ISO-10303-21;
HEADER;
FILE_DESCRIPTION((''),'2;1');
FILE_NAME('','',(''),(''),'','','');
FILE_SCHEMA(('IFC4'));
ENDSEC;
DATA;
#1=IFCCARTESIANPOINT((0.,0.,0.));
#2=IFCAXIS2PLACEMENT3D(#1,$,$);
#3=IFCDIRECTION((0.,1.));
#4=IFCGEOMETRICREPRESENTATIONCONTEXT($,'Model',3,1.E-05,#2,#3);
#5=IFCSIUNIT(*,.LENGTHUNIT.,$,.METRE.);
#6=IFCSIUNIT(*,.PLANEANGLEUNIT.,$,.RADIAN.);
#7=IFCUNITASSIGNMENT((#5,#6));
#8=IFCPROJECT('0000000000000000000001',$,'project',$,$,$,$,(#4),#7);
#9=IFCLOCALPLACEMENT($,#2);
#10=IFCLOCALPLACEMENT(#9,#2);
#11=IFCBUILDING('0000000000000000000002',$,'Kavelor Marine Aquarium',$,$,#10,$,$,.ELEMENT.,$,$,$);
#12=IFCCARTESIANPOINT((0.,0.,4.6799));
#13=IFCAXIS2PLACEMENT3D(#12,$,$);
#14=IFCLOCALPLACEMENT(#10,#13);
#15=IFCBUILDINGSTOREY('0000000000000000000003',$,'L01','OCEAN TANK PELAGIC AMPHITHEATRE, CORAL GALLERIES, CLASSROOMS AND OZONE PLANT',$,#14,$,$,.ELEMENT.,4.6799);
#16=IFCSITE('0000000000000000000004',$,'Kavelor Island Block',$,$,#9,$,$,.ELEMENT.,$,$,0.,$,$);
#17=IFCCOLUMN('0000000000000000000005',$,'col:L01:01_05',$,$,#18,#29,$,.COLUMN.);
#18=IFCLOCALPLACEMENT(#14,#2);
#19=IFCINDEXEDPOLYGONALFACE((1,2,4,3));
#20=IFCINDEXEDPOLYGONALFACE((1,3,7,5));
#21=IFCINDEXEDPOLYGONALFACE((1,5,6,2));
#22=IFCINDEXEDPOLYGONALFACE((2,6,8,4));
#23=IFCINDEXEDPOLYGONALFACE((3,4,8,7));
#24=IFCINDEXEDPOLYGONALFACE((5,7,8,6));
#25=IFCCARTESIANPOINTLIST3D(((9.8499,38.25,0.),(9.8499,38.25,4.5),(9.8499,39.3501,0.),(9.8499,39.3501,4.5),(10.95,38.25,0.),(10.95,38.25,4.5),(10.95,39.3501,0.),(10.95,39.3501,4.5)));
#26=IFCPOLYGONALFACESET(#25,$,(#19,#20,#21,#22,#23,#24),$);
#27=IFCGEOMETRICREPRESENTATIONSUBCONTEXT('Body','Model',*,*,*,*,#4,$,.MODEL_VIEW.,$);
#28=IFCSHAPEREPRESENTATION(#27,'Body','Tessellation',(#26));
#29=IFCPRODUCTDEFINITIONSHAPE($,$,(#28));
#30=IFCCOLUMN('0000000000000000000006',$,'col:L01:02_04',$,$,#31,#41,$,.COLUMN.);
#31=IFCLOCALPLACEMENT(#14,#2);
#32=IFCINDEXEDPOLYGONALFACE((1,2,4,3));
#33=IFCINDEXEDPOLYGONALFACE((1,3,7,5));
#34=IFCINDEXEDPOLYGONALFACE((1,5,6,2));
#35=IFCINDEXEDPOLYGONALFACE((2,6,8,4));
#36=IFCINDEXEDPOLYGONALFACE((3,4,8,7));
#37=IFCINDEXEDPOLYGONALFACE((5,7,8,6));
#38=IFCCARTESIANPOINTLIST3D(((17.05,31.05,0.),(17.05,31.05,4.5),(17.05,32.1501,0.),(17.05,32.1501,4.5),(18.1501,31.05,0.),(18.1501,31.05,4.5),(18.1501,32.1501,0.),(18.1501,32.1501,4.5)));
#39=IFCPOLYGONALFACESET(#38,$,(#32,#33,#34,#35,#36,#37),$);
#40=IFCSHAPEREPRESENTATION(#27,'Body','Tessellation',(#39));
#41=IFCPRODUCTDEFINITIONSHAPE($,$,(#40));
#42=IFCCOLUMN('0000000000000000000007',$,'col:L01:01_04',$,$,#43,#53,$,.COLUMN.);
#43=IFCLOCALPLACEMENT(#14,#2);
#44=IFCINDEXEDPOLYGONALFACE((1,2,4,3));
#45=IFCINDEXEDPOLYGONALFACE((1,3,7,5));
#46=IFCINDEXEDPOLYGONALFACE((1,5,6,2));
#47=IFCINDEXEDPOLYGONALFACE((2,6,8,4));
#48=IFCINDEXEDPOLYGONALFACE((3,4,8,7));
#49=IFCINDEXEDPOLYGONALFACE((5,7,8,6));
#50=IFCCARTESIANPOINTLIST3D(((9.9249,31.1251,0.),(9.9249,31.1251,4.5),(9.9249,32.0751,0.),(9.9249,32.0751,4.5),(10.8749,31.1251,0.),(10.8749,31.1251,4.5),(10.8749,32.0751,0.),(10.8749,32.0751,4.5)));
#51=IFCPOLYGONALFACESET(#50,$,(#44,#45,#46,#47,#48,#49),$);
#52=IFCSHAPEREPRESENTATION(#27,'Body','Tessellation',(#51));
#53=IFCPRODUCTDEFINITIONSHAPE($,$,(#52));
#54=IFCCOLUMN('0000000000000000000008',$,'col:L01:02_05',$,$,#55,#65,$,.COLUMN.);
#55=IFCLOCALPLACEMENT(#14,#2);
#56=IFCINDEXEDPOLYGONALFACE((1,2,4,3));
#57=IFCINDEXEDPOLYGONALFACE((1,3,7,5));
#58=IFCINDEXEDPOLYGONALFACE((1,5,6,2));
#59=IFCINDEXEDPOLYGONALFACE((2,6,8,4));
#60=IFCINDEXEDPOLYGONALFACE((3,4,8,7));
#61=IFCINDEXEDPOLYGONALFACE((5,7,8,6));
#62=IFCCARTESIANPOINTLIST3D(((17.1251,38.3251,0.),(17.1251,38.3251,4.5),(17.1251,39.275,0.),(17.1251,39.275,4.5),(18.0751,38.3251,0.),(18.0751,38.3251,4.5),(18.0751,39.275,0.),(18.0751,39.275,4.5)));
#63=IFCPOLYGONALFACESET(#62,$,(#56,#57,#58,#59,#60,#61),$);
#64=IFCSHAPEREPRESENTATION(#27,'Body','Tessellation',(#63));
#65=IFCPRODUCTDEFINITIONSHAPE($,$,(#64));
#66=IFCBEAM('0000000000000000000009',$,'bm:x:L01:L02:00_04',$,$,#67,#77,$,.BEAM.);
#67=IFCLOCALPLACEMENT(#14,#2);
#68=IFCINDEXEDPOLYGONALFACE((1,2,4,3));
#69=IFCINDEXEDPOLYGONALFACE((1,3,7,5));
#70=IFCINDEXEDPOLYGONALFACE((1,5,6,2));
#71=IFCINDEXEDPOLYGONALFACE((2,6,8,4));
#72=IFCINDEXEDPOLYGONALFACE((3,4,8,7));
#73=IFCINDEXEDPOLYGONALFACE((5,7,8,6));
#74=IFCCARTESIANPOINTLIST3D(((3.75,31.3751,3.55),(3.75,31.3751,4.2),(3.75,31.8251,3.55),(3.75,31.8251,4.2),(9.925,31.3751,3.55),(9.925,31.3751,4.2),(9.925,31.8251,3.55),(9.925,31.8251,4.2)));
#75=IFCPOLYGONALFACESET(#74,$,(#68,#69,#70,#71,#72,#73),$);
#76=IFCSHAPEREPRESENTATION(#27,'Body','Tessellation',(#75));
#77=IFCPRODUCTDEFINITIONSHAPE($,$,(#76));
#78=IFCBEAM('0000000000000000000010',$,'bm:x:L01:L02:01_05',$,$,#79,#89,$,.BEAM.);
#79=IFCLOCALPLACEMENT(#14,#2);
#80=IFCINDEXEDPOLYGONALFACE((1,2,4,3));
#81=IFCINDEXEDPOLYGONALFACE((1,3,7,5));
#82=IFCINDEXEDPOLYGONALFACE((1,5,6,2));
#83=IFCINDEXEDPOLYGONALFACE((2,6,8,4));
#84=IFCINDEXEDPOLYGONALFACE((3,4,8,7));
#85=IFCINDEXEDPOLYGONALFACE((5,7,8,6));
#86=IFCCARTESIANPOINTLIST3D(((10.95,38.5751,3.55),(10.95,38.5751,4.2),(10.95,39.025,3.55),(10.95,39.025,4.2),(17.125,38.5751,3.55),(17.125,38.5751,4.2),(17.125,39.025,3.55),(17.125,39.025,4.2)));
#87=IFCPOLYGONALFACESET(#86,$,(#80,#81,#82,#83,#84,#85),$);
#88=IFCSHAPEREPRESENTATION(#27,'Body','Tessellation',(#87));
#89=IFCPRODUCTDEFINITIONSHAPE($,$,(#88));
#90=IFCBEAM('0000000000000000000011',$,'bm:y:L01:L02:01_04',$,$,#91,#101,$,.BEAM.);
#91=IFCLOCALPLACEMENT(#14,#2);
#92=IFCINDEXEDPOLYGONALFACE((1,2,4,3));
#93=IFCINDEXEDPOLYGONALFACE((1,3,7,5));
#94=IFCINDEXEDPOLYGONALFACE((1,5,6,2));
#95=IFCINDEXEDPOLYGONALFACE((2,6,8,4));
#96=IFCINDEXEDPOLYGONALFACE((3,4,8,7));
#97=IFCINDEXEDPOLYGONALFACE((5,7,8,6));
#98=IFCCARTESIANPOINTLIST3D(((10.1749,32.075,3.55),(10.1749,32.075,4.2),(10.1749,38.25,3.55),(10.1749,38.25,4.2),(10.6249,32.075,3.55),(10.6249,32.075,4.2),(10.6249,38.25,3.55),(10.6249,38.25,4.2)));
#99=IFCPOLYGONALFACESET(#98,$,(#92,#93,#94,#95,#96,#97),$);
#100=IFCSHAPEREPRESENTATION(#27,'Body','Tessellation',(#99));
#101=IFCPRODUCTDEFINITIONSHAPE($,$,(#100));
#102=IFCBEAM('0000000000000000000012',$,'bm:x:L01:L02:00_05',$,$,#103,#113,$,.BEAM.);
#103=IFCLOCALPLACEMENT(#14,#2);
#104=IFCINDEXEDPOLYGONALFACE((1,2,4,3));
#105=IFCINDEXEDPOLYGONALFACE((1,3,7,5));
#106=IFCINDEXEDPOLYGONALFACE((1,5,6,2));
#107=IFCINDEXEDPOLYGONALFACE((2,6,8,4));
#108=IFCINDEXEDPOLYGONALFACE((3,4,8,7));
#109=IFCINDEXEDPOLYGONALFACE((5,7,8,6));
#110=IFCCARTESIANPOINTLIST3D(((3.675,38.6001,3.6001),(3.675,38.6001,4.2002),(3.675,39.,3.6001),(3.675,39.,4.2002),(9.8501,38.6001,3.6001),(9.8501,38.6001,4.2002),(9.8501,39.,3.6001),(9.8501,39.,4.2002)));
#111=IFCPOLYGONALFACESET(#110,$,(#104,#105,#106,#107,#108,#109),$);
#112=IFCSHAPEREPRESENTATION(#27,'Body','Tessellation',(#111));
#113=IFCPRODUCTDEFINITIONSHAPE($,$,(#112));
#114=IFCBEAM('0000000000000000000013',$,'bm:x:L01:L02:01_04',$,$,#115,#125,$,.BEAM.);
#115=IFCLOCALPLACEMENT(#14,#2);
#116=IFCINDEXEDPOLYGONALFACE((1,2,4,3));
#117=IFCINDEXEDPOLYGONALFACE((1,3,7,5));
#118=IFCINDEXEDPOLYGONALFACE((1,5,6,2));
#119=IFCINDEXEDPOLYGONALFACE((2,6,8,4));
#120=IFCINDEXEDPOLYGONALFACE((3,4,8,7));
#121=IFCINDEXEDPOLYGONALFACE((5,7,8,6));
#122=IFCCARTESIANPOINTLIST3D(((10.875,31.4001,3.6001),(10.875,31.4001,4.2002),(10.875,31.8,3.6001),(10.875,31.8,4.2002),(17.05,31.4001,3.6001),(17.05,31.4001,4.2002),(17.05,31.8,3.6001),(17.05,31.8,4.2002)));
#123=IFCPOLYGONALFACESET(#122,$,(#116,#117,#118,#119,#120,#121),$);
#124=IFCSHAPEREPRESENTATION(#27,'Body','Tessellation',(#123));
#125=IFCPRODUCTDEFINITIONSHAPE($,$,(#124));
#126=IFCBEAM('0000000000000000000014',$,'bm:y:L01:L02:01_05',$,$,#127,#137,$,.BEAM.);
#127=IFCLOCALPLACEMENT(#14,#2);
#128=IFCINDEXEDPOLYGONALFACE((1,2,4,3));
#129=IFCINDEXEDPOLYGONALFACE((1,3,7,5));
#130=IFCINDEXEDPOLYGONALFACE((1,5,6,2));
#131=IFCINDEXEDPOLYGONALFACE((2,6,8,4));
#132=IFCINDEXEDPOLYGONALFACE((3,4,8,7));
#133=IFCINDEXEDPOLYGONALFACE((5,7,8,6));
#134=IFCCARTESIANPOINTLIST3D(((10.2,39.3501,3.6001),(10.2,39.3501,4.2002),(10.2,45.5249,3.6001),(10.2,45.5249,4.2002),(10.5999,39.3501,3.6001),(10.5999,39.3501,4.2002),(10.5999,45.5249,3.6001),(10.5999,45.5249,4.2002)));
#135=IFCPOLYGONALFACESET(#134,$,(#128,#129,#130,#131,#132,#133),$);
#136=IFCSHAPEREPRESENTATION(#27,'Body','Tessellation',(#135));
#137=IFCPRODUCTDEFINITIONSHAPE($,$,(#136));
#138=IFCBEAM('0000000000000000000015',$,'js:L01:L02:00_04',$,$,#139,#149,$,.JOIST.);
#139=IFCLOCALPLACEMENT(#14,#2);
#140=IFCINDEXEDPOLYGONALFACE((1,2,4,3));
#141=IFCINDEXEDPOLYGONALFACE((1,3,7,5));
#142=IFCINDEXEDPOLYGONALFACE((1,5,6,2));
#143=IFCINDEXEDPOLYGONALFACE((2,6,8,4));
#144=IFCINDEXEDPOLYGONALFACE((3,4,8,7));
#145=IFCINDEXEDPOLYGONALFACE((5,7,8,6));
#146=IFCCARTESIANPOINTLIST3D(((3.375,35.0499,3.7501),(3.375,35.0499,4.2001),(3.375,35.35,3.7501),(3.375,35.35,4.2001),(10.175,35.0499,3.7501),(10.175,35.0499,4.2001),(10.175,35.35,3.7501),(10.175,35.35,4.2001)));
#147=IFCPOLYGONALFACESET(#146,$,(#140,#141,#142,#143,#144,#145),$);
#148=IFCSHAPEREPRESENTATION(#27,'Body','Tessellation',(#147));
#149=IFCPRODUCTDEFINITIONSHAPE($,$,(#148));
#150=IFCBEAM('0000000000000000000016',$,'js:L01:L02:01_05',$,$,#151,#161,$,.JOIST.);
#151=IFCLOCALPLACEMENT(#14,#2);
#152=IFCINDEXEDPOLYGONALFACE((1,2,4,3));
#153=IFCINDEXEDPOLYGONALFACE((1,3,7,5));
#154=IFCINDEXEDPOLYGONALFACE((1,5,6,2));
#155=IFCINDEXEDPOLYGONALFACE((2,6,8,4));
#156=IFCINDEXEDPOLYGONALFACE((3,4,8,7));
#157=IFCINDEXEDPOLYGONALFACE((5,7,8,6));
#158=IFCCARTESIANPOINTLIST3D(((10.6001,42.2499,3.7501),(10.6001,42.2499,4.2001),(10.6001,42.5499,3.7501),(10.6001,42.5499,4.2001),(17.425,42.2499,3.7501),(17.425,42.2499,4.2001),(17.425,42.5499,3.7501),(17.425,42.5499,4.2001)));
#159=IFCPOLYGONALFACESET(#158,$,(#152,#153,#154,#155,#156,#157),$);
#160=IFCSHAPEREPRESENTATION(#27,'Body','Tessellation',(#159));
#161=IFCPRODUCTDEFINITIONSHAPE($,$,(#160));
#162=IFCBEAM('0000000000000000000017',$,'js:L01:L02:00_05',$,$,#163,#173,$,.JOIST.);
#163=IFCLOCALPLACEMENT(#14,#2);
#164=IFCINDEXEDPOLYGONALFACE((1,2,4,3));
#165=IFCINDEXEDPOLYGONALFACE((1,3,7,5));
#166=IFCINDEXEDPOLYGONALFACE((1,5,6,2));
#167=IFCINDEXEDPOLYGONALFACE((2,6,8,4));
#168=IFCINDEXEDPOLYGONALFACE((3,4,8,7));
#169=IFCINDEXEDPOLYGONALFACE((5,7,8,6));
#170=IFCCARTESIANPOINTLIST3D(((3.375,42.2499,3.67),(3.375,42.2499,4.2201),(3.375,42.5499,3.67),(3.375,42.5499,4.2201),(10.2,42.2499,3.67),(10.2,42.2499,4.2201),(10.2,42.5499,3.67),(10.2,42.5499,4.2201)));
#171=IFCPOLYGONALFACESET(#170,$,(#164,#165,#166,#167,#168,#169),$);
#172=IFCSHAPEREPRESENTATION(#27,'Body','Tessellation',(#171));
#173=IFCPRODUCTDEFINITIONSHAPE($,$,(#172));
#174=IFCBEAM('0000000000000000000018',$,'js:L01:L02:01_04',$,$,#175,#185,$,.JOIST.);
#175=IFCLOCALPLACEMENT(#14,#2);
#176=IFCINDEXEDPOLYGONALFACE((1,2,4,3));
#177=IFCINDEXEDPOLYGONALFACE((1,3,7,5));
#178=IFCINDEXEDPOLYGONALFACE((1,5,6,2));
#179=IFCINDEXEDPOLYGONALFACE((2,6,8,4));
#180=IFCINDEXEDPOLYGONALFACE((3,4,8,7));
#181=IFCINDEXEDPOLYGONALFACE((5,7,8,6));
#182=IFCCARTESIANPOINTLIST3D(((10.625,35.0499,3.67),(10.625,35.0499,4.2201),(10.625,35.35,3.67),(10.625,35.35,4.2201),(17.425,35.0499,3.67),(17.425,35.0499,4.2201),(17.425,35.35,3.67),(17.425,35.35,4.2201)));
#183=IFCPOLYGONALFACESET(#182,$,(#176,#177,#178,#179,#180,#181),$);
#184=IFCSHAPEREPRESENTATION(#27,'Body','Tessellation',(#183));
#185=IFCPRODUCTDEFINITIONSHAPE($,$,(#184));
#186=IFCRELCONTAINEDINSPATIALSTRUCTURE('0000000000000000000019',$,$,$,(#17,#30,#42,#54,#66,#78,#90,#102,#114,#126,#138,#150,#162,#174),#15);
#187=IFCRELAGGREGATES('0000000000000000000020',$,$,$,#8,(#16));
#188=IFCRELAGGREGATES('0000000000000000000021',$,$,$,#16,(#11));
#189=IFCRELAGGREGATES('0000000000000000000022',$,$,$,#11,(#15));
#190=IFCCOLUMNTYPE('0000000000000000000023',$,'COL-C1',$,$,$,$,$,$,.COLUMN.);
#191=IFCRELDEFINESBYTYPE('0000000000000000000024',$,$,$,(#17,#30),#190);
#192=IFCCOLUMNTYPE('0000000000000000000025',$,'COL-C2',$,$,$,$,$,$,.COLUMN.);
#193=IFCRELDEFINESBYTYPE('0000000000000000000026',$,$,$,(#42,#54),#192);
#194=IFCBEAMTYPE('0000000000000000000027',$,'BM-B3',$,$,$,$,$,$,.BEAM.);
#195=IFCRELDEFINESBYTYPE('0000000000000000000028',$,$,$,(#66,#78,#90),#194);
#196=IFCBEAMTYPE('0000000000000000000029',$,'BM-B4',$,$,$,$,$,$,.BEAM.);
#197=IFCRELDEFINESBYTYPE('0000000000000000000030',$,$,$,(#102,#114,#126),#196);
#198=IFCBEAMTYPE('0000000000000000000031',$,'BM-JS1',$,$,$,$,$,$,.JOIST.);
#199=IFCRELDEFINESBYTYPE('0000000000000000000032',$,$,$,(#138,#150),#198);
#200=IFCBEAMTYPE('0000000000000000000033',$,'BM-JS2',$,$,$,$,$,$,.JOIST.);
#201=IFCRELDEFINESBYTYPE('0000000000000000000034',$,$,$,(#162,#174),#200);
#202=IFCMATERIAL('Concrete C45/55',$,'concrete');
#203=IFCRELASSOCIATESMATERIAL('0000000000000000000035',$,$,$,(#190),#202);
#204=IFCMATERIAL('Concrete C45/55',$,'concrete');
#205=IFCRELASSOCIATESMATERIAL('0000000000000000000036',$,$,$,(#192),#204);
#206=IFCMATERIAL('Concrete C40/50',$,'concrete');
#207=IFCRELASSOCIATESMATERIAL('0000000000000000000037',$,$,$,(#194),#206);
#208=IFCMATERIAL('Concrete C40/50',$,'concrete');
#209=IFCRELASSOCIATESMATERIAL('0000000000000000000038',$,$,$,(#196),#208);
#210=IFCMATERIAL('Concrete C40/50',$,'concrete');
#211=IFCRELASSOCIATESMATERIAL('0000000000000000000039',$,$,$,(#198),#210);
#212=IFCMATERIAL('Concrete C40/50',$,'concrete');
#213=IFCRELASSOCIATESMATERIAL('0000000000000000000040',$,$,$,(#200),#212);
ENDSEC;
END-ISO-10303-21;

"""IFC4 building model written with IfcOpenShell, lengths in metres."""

from ifc_helpers import new_model, si_unit, direction, frame, origin, origin_2d, place, context, subcontext, project, spatial, rectangle, extrude, material, material_profile, profile_set, type_object, element, save


model = new_model("IFC4")

# Units and contexts
model_context = context("Model", 3, precision=1e-05, world=origin(), true_north=direction((0.0, 1.0)))
body_context = subcontext(model_context, "Body", "Model", "MODEL_VIEW")
ifc_project = project(units=[si_unit("LENGTHUNIT", "METRE"), si_unit("PLANEANGLEUNIT", "RADIAN")], contexts=[model_context])

# Site, building, storey
site_placement = place(None, origin())
site = spatial("IfcSite", under=ifc_project, at=site_placement, Name="Kavelor Island Block", CompositionType="ELEMENT", RefElevation=0.0)
building_placement = place(site_placement, origin())
building = spatial("IfcBuilding", under=site, at=building_placement, Name="Kavelor Marine Aquarium", CompositionType="ELEMENT")
storey_placement = place(building_placement, frame((0.0, 0.0, 4.6799)))
storey = spatial("IfcBuildingStorey", under=building, at=storey_placement, Name="L01", Description="OCEAN TANK PELAGIC AMPHITHEATRE, CORAL GALLERIES, CLASSROOMS AND OZONE PLANT", CompositionType="ELEMENT", Elevation=4.6799)

# Columns
ifc_material_1 = material(Name="Concrete C45/55", Category="concrete")
ifc_material_profile_1 = material_profile(ifc_material_1, rectangle(XDim=1.1001, YDim=1.1001, at=origin_2d()), Name="RC-COL 1100x1100")
ifc_profile_set_1 = profile_set([ifc_material_profile_1], Name="Concrete C45/55")
column_type_1 = type_object("IfcColumnType", Name="COL-C1", PredefinedType="COLUMN", material=ifc_profile_set_1)
for number, where, z_axis, x_axis, name in (
    (1, (10.3999, 38.8, 0.0), (0.0, 0.0, 1.0), (1.0, 0.0, 0.0), "col:L01:01_05"),
    (2, (17.6001, 31.6001, 0.0), (0.0, 0.0, 1.0), (1.0, 0.0, 0.0), "col:L01:02_04"),
):
    element("IfcColumn", number, at=place(storey_placement, frame(where, z_axis=z_axis, x_axis=x_axis)), inside=storey, type_object=column_type_1, Name=name, PredefinedType="COLUMN", context=body_context, shape_type="SweptSolid", body=[
        extrude(rectangle(XDim=1.1001, YDim=1.1001, at=origin_2d()), origin(), (0.0, 0.0, 1.0), 4.5),
    ])
ifc_material_2 = material(Name="Concrete C45/55", Category="concrete")
ifc_material_profile_2 = material_profile(ifc_material_2, rectangle(XDim=0.95, YDim=0.95, at=origin_2d()), Name="RC-COL 950x950")
ifc_profile_set_2 = profile_set([ifc_material_profile_2], Name="Concrete C45/55")
column_type_2 = type_object("IfcColumnType", Name="COL-C2", PredefinedType="COLUMN", material=ifc_profile_set_2)
for number, where, z_axis, x_axis, name in (
    (3, (10.3999, 31.6001, 0.0), (0.0, 0.0, 1.0), (1.0, 0.0, 0.0), "col:L01:01_04"),
    (4, (17.6001, 38.8, 0.0), (0.0, 0.0, 1.0), (1.0, 0.0, 0.0), "col:L01:02_05"),
):
    element("IfcColumn", number, at=place(storey_placement, frame(where, z_axis=z_axis, x_axis=x_axis)), inside=storey, type_object=column_type_2, Name=name, PredefinedType="COLUMN", context=body_context, shape_type="SweptSolid", body=[
        extrude(rectangle(XDim=0.95, YDim=0.95, at=origin_2d()), origin(), (0.0, 0.0, 1.0), 4.5),
    ])

# Beams
ifc_material_3 = material(Name="Concrete C40/50", Category="concrete")
ifc_material_profile_3 = material_profile(ifc_material_3, rectangle(XDim=0.45, YDim=0.6499, at=origin_2d()), Name="RC-BM 450x650")
ifc_profile_set_3 = profile_set([ifc_material_profile_3], Name="Concrete C40/50")
beam_type_1 = type_object("IfcBeamType", Name="BM-B3", PredefinedType="BEAM", material=ifc_profile_set_3)
for number, where, z_axis, x_axis, name in (
    (5, (3.75, 31.6001, 3.875), (1.0, 0.0, 0.0), (0.0, 1.0, 0.0), "bm:x:L01:L02:00_04"),
    (6, (10.95, 38.8, 3.875), (1.0, 0.0, 0.0), (0.0, 1.0, 0.0), "bm:x:L01:L02:01_05"),
    (7, (10.3999, 32.075, 3.875), (0.0, 1.0, 0.0), (-1.0, 0.0, 0.0), "bm:y:L01:L02:01_04"),
):
    element("IfcBeam", number, at=place(storey_placement, frame(where, z_axis=z_axis, x_axis=x_axis)), inside=storey, type_object=beam_type_1, Name=name, PredefinedType="BEAM", context=body_context, shape_type="SweptSolid", body=[
        extrude(rectangle(XDim=0.45, YDim=0.6499, at=origin_2d()), origin(), (0.0, 0.0, 1.0), 6.175),
    ])
ifc_material_4 = material(Name="Concrete C40/50", Category="concrete")
ifc_material_profile_4 = material_profile(ifc_material_4, rectangle(XDim=0.3999, YDim=0.6001, at=origin_2d()), Name="RC-BM 400x600")
ifc_profile_set_4 = profile_set([ifc_material_profile_4], Name="Concrete C40/50")
beam_type_2 = type_object("IfcBeamType", Name="BM-B4", PredefinedType="BEAM", material=ifc_profile_set_4)
for number, where, z_axis, x_axis, name in (
    (8, (3.675, 38.8, 3.9001), (1.0, 0.0, 0.0), (0.0, 1.0, 0.0), "bm:x:L01:L02:00_05"),
    (9, (10.875, 31.6001, 3.9001), (1.0, 0.0, 0.0), (0.0, 1.0, 0.0), "bm:x:L01:L02:01_04"),
):
    element("IfcBeam", number, at=place(storey_placement, frame(where, z_axis=z_axis, x_axis=x_axis)), inside=storey, type_object=beam_type_2, Name=name, PredefinedType="BEAM", context=body_context, shape_type="SweptSolid", body=[
        extrude(rectangle(XDim=0.3999, YDim=0.6001, at=origin_2d()), origin(), (0.0, 0.0, 1.0), 6.175),
    ])
beam_1_placement = place(storey_placement, frame((10.3999, 39.3501, 3.9001), z_axis=(0.0, 1.0, 0.0), x_axis=(-1.0, 0.0, 0.0)))
element("IfcBeam", 10, at=beam_1_placement, inside=storey, type_object=beam_type_2, Name="bm:y:L01:L02:01_05", PredefinedType="BEAM", context=body_context, shape_type="SweptSolid", body=[
    extrude(rectangle(XDim=0.3999, YDim=0.6001, at=origin_2d()), origin(), (0.0, 0.0, 1.0), 6.1748),
])
ifc_material_5 = material(Name="Concrete C40/50", Category="concrete")
ifc_material_profile_5 = material_profile(ifc_material_5, rectangle(XDim=0.3, YDim=0.45, at=origin_2d()), Name="RC-JS 300x450")
ifc_profile_set_5 = profile_set([ifc_material_profile_5], Name="Concrete C40/50")
beam_type_3 = type_object("IfcBeamType", Name="BM-JS1", PredefinedType="JOIST", material=ifc_profile_set_5)
beam_2_placement = place(storey_placement, frame((3.375, 35.2, 3.9751), z_axis=(1.0, 0.0, 0.0), x_axis=(0.0, 1.0, 0.0)))
element("IfcBeam", 11, at=beam_2_placement, inside=storey, type_object=beam_type_3, Name="js:L01:L02:00_04", PredefinedType="JOIST", context=body_context, shape_type="SweptSolid", body=[
    extrude(rectangle(XDim=0.3, YDim=0.45, at=origin_2d()), origin(), (0.0, 0.0, 1.0), 6.8),
])
beam_3_placement = place(storey_placement, frame((10.6001, 42.3999, 3.9751), z_axis=(1.0, 0.0, 0.0), x_axis=(0.0, 1.0, 0.0)))
element("IfcBeam", 12, at=beam_3_placement, inside=storey, type_object=beam_type_3, Name="js:L01:L02:01_05", PredefinedType="JOIST", context=body_context, shape_type="SweptSolid", body=[
    extrude(rectangle(XDim=0.3, YDim=0.45, at=origin_2d()), origin(), (0.0, 0.0, 1.0), 6.825),
])
ifc_material_6 = material(Name="Concrete C40/50", Category="concrete")
ifc_material_profile_6 = material_profile(ifc_material_6, rectangle(XDim=0.3, YDim=0.55, at=origin_2d()), Name="RC-JS 300x550")
ifc_profile_set_6 = profile_set([ifc_material_profile_6], Name="Concrete C40/50")
beam_type_4 = type_object("IfcBeamType", Name="BM-JS2", PredefinedType="JOIST", material=ifc_profile_set_6)
beam_4_placement = place(storey_placement, frame((3.375, 42.3999, 3.9451), z_axis=(1.0, 0.0, 0.0), x_axis=(0.0, 1.0, 0.0)))
element("IfcBeam", 13, at=beam_4_placement, inside=storey, type_object=beam_type_4, Name="js:L01:L02:00_05", PredefinedType="JOIST", context=body_context, shape_type="SweptSolid", body=[
    extrude(rectangle(XDim=0.3, YDim=0.55, at=origin_2d()), origin(), (0.0, 0.0, 1.0), 6.825),
])
beam_5_placement = place(storey_placement, frame((10.625, 35.2, 3.9451), z_axis=(1.0, 0.0, 0.0), x_axis=(0.0, 1.0, 0.0)))
element("IfcBeam", 14, at=beam_5_placement, inside=storey, type_object=beam_type_4, Name="js:L01:L02:01_04", PredefinedType="JOIST", context=body_context, shape_type="SweptSolid", body=[
    extrude(rectangle(XDim=0.3, YDim=0.55, at=origin_2d()), origin(), (0.0, 0.0, 1.0), 6.8),
])

save(model, "model.ifc")
